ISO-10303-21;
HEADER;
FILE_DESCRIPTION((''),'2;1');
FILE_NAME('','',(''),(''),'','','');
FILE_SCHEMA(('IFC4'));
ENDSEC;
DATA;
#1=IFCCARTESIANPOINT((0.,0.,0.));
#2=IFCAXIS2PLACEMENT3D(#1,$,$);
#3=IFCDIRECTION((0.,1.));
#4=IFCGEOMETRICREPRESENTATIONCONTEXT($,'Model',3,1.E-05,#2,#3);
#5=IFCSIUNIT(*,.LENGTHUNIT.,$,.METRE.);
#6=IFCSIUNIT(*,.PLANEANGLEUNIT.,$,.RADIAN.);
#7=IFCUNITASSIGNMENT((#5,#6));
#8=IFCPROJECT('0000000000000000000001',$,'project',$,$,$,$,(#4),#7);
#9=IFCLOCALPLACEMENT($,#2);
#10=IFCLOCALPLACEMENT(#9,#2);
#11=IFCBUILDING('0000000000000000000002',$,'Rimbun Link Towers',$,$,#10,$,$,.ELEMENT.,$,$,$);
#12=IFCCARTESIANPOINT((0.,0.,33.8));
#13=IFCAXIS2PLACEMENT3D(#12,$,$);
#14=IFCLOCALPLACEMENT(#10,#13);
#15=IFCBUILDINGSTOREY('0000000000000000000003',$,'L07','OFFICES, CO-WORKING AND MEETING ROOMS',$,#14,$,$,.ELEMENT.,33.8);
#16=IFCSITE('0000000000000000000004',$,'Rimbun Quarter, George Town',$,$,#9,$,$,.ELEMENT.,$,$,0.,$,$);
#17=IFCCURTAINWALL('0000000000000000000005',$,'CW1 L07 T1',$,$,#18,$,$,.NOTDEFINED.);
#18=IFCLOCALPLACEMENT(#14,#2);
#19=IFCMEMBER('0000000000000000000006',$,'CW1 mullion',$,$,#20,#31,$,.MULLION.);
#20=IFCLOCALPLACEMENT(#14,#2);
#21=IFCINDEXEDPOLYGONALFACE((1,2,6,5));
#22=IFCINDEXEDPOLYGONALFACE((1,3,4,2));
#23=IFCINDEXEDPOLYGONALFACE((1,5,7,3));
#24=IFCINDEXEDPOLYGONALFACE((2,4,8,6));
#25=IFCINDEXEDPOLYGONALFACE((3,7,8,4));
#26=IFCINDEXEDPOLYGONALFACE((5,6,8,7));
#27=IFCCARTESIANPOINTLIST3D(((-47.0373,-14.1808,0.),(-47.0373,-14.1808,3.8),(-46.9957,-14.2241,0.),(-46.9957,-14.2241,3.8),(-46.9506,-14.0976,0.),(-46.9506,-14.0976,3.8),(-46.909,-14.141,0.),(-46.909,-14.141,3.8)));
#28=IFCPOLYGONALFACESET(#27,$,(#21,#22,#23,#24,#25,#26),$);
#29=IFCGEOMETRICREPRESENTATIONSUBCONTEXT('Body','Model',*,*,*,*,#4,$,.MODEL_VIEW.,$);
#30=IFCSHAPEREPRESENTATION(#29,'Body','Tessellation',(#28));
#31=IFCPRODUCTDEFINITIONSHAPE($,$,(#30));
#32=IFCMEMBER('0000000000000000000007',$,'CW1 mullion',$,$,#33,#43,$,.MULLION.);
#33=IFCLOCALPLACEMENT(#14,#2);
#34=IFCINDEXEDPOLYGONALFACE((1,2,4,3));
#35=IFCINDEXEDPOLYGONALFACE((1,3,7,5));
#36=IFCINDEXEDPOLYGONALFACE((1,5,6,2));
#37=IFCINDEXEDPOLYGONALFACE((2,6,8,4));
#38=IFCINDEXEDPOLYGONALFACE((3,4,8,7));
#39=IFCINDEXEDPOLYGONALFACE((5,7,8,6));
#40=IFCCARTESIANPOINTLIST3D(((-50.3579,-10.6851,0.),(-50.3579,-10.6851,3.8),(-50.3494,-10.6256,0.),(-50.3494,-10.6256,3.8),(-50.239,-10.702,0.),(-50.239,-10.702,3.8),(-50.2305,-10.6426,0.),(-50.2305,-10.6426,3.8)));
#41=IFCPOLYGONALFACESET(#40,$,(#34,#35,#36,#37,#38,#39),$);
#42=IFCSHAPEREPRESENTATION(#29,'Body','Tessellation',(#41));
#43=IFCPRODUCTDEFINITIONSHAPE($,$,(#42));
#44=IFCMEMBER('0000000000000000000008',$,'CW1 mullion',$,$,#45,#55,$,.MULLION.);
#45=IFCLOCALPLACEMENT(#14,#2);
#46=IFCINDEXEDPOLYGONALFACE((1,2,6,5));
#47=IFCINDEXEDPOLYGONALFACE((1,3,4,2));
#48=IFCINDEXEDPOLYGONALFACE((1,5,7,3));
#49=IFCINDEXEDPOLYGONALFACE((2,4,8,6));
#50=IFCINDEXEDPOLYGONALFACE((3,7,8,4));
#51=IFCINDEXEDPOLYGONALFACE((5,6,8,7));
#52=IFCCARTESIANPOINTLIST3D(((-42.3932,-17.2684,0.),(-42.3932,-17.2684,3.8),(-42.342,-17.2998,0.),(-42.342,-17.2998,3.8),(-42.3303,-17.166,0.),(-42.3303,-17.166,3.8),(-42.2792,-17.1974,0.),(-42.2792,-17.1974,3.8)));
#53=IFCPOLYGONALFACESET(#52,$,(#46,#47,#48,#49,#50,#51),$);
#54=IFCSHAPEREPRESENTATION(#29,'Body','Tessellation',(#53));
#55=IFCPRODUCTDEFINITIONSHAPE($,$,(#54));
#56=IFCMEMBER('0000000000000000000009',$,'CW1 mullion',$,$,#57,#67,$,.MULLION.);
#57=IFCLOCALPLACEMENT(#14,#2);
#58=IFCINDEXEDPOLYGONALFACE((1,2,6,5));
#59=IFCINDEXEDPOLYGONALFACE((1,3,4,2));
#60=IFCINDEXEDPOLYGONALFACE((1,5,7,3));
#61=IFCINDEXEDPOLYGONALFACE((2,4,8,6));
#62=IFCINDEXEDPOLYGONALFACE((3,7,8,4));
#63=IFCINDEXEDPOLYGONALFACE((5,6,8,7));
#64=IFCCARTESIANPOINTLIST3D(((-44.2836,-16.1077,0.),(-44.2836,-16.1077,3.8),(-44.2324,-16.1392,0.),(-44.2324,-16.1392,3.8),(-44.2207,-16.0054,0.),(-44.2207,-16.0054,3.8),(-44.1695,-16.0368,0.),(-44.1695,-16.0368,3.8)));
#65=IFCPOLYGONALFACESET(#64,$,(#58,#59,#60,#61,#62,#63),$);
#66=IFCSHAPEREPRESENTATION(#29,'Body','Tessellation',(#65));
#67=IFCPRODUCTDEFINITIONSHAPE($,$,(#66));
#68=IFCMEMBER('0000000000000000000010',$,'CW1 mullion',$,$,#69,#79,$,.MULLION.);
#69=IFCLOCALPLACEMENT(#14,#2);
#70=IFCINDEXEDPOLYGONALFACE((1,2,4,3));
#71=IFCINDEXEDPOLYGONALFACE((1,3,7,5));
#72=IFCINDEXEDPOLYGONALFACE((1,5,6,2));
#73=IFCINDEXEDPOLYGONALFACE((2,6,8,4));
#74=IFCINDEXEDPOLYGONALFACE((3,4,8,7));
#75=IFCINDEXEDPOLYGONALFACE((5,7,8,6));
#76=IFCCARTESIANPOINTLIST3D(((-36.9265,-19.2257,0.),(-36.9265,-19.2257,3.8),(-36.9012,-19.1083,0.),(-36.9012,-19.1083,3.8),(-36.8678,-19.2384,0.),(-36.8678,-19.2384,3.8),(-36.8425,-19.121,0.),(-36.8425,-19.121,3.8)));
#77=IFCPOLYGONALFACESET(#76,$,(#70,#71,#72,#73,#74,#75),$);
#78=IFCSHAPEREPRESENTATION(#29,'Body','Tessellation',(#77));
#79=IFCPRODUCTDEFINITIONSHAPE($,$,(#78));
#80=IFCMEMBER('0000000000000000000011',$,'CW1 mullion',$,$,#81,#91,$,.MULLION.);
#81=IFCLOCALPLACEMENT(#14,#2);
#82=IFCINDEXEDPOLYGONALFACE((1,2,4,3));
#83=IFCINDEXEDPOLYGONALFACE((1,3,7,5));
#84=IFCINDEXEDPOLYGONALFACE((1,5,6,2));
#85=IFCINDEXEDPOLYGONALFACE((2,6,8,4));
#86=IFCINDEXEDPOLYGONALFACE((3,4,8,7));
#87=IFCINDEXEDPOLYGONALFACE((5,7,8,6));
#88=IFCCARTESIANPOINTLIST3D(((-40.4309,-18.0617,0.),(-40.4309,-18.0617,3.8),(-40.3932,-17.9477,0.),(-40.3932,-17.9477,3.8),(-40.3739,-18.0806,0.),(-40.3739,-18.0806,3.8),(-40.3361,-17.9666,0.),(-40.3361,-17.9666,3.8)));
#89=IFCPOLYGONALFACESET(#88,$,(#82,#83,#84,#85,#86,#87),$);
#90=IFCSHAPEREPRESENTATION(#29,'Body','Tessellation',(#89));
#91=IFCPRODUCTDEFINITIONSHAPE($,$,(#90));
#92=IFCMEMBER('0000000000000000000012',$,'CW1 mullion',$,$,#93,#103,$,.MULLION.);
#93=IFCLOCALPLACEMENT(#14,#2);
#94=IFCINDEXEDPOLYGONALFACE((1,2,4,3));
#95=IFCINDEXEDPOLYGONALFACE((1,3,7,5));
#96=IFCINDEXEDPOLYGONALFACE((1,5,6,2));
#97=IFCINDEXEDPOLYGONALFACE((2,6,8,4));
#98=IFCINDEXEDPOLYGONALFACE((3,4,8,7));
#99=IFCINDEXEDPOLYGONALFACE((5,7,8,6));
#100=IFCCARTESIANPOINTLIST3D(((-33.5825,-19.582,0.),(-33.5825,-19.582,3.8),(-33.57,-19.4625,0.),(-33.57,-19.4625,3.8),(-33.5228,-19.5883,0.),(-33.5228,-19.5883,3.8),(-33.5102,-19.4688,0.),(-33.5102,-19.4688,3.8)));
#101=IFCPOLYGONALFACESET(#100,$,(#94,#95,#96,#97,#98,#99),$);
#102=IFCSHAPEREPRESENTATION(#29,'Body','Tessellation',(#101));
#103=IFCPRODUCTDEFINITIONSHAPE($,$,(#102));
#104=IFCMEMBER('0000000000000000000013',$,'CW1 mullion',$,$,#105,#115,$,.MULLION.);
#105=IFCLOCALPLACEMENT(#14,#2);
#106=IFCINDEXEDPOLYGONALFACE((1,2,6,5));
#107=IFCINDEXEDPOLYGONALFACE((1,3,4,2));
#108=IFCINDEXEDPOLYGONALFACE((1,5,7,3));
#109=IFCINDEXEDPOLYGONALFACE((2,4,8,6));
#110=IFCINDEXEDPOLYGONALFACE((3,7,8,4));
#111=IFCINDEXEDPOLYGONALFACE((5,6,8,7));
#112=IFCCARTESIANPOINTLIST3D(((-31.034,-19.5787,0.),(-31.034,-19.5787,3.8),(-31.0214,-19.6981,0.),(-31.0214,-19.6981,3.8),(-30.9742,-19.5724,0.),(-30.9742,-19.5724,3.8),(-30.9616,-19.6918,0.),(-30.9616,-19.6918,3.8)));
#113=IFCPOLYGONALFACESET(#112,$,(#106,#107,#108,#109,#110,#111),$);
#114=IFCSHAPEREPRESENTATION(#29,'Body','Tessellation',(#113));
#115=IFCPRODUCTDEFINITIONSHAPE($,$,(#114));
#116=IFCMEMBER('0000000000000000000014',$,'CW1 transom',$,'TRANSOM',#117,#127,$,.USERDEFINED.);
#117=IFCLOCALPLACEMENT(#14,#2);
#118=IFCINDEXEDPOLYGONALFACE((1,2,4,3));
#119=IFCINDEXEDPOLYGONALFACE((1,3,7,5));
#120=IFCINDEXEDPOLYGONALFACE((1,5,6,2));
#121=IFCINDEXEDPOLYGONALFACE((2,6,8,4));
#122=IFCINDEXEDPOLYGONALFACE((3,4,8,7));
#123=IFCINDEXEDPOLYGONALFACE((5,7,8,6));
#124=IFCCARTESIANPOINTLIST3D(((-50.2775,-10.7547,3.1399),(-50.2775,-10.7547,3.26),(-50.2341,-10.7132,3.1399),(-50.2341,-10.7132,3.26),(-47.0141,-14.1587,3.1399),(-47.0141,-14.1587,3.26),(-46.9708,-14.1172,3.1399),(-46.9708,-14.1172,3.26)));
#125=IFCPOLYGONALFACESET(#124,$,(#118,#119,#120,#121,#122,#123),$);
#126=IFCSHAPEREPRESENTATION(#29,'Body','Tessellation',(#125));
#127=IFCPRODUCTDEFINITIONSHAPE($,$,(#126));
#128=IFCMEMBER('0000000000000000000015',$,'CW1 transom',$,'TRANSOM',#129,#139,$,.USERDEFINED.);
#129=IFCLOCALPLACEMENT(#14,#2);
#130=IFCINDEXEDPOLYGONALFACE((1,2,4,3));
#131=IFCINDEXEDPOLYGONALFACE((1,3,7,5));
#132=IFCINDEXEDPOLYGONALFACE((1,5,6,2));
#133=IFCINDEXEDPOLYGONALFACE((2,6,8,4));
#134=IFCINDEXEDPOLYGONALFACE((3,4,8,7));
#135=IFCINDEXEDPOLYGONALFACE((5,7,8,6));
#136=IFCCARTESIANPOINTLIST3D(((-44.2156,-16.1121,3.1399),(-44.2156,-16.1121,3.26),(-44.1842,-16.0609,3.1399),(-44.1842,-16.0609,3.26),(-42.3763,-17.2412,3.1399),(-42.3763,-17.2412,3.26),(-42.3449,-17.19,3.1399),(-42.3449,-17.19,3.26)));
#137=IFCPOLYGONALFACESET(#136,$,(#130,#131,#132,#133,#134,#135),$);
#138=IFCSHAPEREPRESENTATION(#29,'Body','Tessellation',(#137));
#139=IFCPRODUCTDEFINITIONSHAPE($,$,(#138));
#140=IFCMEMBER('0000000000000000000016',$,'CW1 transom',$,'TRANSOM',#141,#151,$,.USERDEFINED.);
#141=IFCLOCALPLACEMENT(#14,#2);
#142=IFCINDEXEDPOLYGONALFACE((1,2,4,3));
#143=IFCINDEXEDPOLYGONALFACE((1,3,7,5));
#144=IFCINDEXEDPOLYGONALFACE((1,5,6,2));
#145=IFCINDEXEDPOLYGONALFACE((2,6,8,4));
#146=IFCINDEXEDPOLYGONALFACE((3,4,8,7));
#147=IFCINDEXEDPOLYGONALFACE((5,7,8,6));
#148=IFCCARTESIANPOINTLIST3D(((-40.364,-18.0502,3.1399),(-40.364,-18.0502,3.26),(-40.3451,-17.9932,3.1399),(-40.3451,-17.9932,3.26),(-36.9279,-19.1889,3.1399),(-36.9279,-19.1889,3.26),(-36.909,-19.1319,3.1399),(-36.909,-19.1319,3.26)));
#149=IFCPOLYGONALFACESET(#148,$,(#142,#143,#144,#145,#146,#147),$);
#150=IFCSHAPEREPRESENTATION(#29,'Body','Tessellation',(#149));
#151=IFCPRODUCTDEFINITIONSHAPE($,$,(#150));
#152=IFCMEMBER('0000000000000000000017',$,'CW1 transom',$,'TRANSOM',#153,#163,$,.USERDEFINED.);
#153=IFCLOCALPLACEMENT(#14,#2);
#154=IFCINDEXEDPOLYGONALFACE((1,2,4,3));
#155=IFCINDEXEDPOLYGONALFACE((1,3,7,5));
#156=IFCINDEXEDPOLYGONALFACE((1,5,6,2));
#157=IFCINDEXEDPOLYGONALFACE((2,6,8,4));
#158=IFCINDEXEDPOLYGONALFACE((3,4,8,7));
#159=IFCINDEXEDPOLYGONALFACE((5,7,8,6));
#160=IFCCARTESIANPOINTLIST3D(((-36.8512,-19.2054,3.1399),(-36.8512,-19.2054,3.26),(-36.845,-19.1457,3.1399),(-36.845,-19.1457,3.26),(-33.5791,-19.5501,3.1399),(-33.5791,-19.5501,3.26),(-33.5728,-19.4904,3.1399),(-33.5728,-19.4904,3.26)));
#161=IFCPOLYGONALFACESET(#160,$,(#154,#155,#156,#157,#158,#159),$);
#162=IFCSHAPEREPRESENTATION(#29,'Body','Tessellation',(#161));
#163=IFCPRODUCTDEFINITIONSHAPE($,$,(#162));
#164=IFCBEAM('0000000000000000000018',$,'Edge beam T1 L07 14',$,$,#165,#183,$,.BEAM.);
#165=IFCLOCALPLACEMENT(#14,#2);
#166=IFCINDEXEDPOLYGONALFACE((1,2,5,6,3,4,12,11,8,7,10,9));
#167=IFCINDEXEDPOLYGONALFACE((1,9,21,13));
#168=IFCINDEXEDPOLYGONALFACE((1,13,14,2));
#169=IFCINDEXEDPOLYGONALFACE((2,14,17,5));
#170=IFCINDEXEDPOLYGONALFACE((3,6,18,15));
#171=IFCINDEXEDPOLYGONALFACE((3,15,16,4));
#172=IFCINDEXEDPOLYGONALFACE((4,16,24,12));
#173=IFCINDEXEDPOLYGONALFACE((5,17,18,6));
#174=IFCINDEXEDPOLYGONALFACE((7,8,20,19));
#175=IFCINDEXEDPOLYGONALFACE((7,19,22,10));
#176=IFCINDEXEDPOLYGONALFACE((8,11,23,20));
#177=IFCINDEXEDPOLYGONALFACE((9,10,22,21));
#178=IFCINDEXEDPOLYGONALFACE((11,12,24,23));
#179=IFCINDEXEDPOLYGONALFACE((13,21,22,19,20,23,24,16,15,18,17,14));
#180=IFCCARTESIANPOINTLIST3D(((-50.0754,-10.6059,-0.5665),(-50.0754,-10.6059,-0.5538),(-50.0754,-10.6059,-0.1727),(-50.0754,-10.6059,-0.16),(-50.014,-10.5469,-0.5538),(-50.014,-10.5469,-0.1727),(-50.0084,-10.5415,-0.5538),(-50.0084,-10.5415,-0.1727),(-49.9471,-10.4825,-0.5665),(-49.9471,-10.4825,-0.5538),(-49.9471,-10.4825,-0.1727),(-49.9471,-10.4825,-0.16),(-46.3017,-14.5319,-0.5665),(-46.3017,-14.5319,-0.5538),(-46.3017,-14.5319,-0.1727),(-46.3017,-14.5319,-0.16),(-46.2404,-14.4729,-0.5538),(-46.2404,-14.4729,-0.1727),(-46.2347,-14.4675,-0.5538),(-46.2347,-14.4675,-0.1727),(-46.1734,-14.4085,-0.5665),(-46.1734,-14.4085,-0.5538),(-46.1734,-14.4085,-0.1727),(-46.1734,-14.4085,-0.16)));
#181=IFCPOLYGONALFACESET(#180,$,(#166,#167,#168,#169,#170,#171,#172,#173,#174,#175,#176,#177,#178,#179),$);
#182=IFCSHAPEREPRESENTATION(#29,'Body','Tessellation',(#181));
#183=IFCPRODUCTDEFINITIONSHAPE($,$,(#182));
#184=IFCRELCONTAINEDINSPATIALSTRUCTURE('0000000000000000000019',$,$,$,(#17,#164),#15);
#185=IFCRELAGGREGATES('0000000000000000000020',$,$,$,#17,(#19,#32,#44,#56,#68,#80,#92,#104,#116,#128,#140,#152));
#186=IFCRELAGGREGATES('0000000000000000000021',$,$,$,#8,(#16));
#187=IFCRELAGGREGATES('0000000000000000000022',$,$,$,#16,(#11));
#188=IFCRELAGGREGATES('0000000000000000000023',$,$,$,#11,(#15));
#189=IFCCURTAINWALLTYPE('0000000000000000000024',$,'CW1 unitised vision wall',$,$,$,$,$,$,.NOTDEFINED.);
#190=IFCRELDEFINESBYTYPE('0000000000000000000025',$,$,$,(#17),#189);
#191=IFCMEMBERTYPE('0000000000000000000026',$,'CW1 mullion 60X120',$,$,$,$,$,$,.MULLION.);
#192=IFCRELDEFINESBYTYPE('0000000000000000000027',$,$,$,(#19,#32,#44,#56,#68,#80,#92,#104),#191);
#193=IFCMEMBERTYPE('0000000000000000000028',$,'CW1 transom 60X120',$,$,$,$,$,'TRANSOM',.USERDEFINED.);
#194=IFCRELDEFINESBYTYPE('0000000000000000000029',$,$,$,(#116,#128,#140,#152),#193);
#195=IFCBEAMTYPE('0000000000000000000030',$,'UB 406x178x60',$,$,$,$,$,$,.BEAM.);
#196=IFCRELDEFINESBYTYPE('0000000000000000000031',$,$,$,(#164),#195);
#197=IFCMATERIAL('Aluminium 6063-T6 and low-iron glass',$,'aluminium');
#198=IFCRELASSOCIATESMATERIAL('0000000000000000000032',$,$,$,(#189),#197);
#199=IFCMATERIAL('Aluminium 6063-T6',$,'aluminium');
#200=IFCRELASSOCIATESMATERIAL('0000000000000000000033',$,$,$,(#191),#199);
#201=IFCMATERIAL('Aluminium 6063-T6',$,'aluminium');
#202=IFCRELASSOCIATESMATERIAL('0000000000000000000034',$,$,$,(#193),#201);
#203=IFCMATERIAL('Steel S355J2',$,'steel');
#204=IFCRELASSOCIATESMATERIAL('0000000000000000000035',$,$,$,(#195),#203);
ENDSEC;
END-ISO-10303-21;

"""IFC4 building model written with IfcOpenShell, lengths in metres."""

from ifc_helpers import new_model, si_unit, direction, frame, origin, origin_2d, place, context, subcontext, project, spatial, rectangle, i_section, extrude, material, material_profile, profile_set, type_object, element, aggregate, save


model = new_model("IFC4")

# Units and contexts
model_context = context("Model", 3, precision=1e-05, world=origin(), true_north=direction((0.0, 1.0)))
body_context = subcontext(model_context, "Body", "Model", "MODEL_VIEW")
ifc_project = project(units=[si_unit("LENGTHUNIT", "METRE"), si_unit("PLANEANGLEUNIT", "RADIAN")], contexts=[model_context])

# Site, building, storey
site_placement = place(None, origin())
site = spatial("IfcSite", under=ifc_project, at=site_placement, Name="Rimbun Quarter, George Town", CompositionType="ELEMENT", RefElevation=0.0)
building_placement = place(site_placement, origin())
building = spatial("IfcBuilding", under=site, at=building_placement, Name="Rimbun Link Towers", CompositionType="ELEMENT")
storey_placement = place(building_placement, frame((0.0, 0.0, 33.8)))
storey = spatial("IfcBuildingStorey", under=building, at=storey_placement, Name="L07", Description="OFFICES, CO-WORKING AND MEETING ROOMS", CompositionType="ELEMENT", Elevation=33.8)

# Curtain wall, members
ifc_material_1 = material(Name="Aluminium 6063-T6 and low-iron glass", Category="aluminium")
curtain_wall_type = type_object("IfcCurtainWallType", Name="CW1 unitised vision wall", PredefinedType="NOTDEFINED", material=ifc_material_1)
curtain_wall_placement = place(storey_placement, origin())
curtain_wall = element("IfcCurtainWall", 1, at=curtain_wall_placement, inside=storey, type_object=curtain_wall_type, Name="CW1 L07 T1", PredefinedType="NOTDEFINED")
ifc_material_2 = material(Name="Aluminium 6063-T6", Category="aluminium")
ifc_material_profile_1 = material_profile(ifc_material_2, rectangle(XDim=0.1201, YDim=0.0601, at=origin_2d()), Name="MULLION 60X120")
ifc_profile_set_1 = profile_set([ifc_material_profile_1], Name="Aluminium 6063-T6")
member_type_1 = type_object("IfcMemberType", Name="CW1 mullion 60X120", PredefinedType="MULLION", material=ifc_profile_set_1)
member_1_placement = place(storey_placement, frame((-46.9731, -14.1609, 0.0), z_axis=(0.0, 0.0, 1.0), x_axis=(-0.721844, -0.692056, 0.0)))
member_1 = element("IfcMember", 2, at=member_1_placement, type_object=member_type_1, Name="CW1 mullion", PredefinedType="MULLION", context=body_context, shape_type="SweptSolid", body=[
    extrude(rectangle(XDim=0.1201, YDim=0.0601, at=origin_2d()), origin(), (0.0, 0.0, 1.0), 3.8),
])
member_2_placement = place(storey_placement, frame((-50.2942, -10.6638, 0.0), z_axis=(0.0, 0.0, 1.0), x_axis=(-0.990015, 0.140963, 0.0)))
member_2 = element("IfcMember", 3, at=member_2_placement, type_object=member_type_1, Name="CW1 mullion", PredefinedType="MULLION", context=body_context, shape_type="SweptSolid", body=[
    extrude(rectangle(XDim=0.1201, YDim=0.0601, at=origin_2d()), origin(), (0.0, 0.0, 1.0), 3.8),
])
member_3_placement = place(storey_placement, frame((-42.3362, -17.2329, 0.0), z_axis=(0.0, 0.0, 1.0), x_axis=(-0.523232, -0.85219, 0.0)))
member_3 = element("IfcMember", 4, at=member_3_placement, type_object=member_type_1, Name="CW1 mullion", PredefinedType="MULLION", context=body_context, shape_type="SweptSolid", body=[
    extrude(rectangle(XDim=0.1201, YDim=0.0601, at=origin_2d()), origin(), (0.0, 0.0, 1.0), 3.8),
])
member_4_placement = place(storey_placement, frame((-44.2266, -16.0723, 0.0), z_axis=(0.0, 0.0, 1.0), x_axis=(-0.523232, -0.85219, 0.0)))
member_4 = element("IfcMember", 5, at=member_4_placement, type_object=member_type_1, Name="CW1 mullion", PredefinedType="MULLION", context=body_context, shape_type="SweptSolid", body=[
    extrude(rectangle(XDim=0.1201, YDim=0.0601, at=origin_2d()), origin(), (0.0, 0.0, 1.0), 3.8),
])
member_5_placement = place(storey_placement, frame((-36.8845, -19.1733, 0.0), z_axis=(0.0, 0.0, 1.0), x_axis=(-0.210877, -0.977513, 0.0)))
member_5 = element("IfcMember", 6, at=member_5_placement, type_object=member_type_1, Name="CW1 mullion", PredefinedType="MULLION", context=body_context, shape_type="SweptSolid", body=[
    extrude(rectangle(XDim=0.1201, YDim=0.0601, at=origin_2d()), origin(), (0.0, 0.0, 1.0), 3.8),
])
member_6_placement = place(storey_placement, frame((-40.3835, -18.0142, 0.0), z_axis=(0.0, 0.0, 1.0), x_axis=(-0.314564, -0.949236, 0.0)))
member_6 = element("IfcMember", 7, at=member_6_placement, type_object=member_type_1, Name="CW1 mullion", PredefinedType="MULLION", context=body_context, shape_type="SweptSolid", body=[
    extrude(rectangle(XDim=0.1201, YDim=0.0601, at=origin_2d()), origin(), (0.0, 0.0, 1.0), 3.8),
])
member_7_placement = place(storey_placement, frame((-33.5464, -19.5254, 0.0), z_axis=(0.0, 0.0, 1.0), x_axis=(-0.104755, -0.994498, 0.0)))
member_7 = element("IfcMember", 8, at=member_7_placement, type_object=member_type_1, Name="CW1 mullion", PredefinedType="MULLION", context=body_context, shape_type="SweptSolid", body=[
    extrude(rectangle(XDim=0.1201, YDim=0.0601, at=origin_2d()), origin(), (0.0, 0.0, 1.0), 3.8),
])
member_8_placement = place(storey_placement, frame((-30.9978, -19.6353, 0.0), z_axis=(0.0, 0.0, 1.0), x_axis=(0.104755, -0.994498, 0.0)))
member_8 = element("IfcMember", 9, at=member_8_placement, type_object=member_type_1, Name="CW1 mullion", PredefinedType="MULLION", context=body_context, shape_type="SweptSolid", body=[
    extrude(rectangle(XDim=0.1201, YDim=0.0601, at=origin_2d()), origin(), (0.0, 0.0, 1.0), 3.8),
])
ifc_material_3 = material(Name="Aluminium 6063-T6", Category="aluminium")
ifc_material_profile_2 = material_profile(ifc_material_3, rectangle(XDim=0.0601, YDim=0.1201, at=origin_2d()), Name="TRANSOM 60X120")
ifc_profile_set_2 = profile_set([ifc_material_profile_2], Name="Aluminium 6063-T6")
member_type_2 = type_object("IfcMemberType", Name="CW1 transom 60X120", ElementType="TRANSOM", PredefinedType="USERDEFINED", material=ifc_profile_set_2)
member_9_placement = place(storey_placement, frame((-46.9924, -14.1379, 3.2), z_axis=(-0.692039, 0.72186, 0.0), x_axis=(-0.72186, -0.692039, 0.0)))
member_9 = element("IfcMember", 10, at=member_9_placement, type_object=member_type_2, Name="CW1 transom", ObjectType="TRANSOM", PredefinedType="USERDEFINED", context=body_context, shape_type="SweptSolid", body=[
    extrude(rectangle(XDim=0.0601, YDim=0.1201, at=origin_2d()), origin(), (0.0, 0.0, 1.0), 4.7156),
])
member_10_placement = place(storey_placement, frame((-42.3606, -17.2156, 3.2), z_axis=(-0.852229, 0.523169, 0.0), x_axis=(-0.523169, -0.852229, 0.0)))
member_10 = element("IfcMember", 11, at=member_10_placement, type_object=member_type_2, Name="CW1 transom", ObjectType="TRANSOM", PredefinedType="USERDEFINED", context=body_context, shape_type="SweptSolid", body=[
    extrude(rectangle(XDim=0.0601, YDim=0.1201, at=origin_2d()), origin(), (0.0, 0.0, 1.0), 2.1582),
])
member_11_placement = place(storey_placement, frame((-36.9185, -19.1604, 3.2), z_axis=(-0.949235, 0.314568, 0.0), x_axis=(-0.314568, -0.949235, 0.0)))
member_11 = element("IfcMember", 12, at=member_11_placement, type_object=member_type_2, Name="CW1 transom", ObjectType="TRANSOM", PredefinedType="USERDEFINED", context=body_context, shape_type="SweptSolid", body=[
    extrude(rectangle(XDim=0.0601, YDim=0.1201, at=origin_2d()), origin(), (0.0, 0.0, 1.0), 3.6199),
])
member_12_placement = place(storey_placement, frame((-33.5759, -19.5203, 3.2), z_axis=(-0.994497, 0.10477, 0.0), x_axis=(-0.10477, -0.994497, 0.0)))
member_12 = element("IfcMember", 13, at=member_12_placement, type_object=member_type_2, Name="CW1 transom", ObjectType="TRANSOM", PredefinedType="USERDEFINED", context=body_context, shape_type="SweptSolid", body=[
    extrude(rectangle(XDim=0.0601, YDim=0.1201, at=origin_2d()), origin(), (0.0, 0.0, 1.0), 3.2903),
])

# Beam
ifc_material_4 = material(Name="Steel S355J2", Category="steel")
ifc_material_profile_3 = material_profile(ifc_material_4, i_section(OverallWidth=0.178, OverallDepth=0.4065, WebThickness=0.0078, FlangeThickness=0.0127, at=origin_2d()), Name="UB 406x178x60")
ifc_profile_set_3 = profile_set([ifc_material_profile_3], Name="Steel S355J2")
beam_type = type_object("IfcBeamType", Name="UB 406x178x60", PredefinedType="BEAM", material=ifc_profile_set_3)
beam_1_placement = place(storey_placement, frame((-50.0112, -10.5442, -0.3633), z_axis=(0.692981, -0.720956, 0.0), x_axis=(0.720956, 0.692981, 0.0)))
element("IfcBeam", 14, at=beam_1_placement, inside=storey, type_object=beam_type, Name="Edge beam T1 L07 14", PredefinedType="BEAM", context=body_context, shape_type="SweptSolid", body=[
    extrude(i_section(OverallWidth=0.178, OverallDepth=0.4065, WebThickness=0.0078, FlangeThickness=0.0127, at=origin_2d()), origin(), (0.0, 0.0, 1.0), 5.4456),
])

aggregate(curtain_wall, [member_1, member_2, member_3, member_4, member_5, member_6, member_7, member_8, member_9, member_10, member_11, member_12])

save(model, "model.ifc")
